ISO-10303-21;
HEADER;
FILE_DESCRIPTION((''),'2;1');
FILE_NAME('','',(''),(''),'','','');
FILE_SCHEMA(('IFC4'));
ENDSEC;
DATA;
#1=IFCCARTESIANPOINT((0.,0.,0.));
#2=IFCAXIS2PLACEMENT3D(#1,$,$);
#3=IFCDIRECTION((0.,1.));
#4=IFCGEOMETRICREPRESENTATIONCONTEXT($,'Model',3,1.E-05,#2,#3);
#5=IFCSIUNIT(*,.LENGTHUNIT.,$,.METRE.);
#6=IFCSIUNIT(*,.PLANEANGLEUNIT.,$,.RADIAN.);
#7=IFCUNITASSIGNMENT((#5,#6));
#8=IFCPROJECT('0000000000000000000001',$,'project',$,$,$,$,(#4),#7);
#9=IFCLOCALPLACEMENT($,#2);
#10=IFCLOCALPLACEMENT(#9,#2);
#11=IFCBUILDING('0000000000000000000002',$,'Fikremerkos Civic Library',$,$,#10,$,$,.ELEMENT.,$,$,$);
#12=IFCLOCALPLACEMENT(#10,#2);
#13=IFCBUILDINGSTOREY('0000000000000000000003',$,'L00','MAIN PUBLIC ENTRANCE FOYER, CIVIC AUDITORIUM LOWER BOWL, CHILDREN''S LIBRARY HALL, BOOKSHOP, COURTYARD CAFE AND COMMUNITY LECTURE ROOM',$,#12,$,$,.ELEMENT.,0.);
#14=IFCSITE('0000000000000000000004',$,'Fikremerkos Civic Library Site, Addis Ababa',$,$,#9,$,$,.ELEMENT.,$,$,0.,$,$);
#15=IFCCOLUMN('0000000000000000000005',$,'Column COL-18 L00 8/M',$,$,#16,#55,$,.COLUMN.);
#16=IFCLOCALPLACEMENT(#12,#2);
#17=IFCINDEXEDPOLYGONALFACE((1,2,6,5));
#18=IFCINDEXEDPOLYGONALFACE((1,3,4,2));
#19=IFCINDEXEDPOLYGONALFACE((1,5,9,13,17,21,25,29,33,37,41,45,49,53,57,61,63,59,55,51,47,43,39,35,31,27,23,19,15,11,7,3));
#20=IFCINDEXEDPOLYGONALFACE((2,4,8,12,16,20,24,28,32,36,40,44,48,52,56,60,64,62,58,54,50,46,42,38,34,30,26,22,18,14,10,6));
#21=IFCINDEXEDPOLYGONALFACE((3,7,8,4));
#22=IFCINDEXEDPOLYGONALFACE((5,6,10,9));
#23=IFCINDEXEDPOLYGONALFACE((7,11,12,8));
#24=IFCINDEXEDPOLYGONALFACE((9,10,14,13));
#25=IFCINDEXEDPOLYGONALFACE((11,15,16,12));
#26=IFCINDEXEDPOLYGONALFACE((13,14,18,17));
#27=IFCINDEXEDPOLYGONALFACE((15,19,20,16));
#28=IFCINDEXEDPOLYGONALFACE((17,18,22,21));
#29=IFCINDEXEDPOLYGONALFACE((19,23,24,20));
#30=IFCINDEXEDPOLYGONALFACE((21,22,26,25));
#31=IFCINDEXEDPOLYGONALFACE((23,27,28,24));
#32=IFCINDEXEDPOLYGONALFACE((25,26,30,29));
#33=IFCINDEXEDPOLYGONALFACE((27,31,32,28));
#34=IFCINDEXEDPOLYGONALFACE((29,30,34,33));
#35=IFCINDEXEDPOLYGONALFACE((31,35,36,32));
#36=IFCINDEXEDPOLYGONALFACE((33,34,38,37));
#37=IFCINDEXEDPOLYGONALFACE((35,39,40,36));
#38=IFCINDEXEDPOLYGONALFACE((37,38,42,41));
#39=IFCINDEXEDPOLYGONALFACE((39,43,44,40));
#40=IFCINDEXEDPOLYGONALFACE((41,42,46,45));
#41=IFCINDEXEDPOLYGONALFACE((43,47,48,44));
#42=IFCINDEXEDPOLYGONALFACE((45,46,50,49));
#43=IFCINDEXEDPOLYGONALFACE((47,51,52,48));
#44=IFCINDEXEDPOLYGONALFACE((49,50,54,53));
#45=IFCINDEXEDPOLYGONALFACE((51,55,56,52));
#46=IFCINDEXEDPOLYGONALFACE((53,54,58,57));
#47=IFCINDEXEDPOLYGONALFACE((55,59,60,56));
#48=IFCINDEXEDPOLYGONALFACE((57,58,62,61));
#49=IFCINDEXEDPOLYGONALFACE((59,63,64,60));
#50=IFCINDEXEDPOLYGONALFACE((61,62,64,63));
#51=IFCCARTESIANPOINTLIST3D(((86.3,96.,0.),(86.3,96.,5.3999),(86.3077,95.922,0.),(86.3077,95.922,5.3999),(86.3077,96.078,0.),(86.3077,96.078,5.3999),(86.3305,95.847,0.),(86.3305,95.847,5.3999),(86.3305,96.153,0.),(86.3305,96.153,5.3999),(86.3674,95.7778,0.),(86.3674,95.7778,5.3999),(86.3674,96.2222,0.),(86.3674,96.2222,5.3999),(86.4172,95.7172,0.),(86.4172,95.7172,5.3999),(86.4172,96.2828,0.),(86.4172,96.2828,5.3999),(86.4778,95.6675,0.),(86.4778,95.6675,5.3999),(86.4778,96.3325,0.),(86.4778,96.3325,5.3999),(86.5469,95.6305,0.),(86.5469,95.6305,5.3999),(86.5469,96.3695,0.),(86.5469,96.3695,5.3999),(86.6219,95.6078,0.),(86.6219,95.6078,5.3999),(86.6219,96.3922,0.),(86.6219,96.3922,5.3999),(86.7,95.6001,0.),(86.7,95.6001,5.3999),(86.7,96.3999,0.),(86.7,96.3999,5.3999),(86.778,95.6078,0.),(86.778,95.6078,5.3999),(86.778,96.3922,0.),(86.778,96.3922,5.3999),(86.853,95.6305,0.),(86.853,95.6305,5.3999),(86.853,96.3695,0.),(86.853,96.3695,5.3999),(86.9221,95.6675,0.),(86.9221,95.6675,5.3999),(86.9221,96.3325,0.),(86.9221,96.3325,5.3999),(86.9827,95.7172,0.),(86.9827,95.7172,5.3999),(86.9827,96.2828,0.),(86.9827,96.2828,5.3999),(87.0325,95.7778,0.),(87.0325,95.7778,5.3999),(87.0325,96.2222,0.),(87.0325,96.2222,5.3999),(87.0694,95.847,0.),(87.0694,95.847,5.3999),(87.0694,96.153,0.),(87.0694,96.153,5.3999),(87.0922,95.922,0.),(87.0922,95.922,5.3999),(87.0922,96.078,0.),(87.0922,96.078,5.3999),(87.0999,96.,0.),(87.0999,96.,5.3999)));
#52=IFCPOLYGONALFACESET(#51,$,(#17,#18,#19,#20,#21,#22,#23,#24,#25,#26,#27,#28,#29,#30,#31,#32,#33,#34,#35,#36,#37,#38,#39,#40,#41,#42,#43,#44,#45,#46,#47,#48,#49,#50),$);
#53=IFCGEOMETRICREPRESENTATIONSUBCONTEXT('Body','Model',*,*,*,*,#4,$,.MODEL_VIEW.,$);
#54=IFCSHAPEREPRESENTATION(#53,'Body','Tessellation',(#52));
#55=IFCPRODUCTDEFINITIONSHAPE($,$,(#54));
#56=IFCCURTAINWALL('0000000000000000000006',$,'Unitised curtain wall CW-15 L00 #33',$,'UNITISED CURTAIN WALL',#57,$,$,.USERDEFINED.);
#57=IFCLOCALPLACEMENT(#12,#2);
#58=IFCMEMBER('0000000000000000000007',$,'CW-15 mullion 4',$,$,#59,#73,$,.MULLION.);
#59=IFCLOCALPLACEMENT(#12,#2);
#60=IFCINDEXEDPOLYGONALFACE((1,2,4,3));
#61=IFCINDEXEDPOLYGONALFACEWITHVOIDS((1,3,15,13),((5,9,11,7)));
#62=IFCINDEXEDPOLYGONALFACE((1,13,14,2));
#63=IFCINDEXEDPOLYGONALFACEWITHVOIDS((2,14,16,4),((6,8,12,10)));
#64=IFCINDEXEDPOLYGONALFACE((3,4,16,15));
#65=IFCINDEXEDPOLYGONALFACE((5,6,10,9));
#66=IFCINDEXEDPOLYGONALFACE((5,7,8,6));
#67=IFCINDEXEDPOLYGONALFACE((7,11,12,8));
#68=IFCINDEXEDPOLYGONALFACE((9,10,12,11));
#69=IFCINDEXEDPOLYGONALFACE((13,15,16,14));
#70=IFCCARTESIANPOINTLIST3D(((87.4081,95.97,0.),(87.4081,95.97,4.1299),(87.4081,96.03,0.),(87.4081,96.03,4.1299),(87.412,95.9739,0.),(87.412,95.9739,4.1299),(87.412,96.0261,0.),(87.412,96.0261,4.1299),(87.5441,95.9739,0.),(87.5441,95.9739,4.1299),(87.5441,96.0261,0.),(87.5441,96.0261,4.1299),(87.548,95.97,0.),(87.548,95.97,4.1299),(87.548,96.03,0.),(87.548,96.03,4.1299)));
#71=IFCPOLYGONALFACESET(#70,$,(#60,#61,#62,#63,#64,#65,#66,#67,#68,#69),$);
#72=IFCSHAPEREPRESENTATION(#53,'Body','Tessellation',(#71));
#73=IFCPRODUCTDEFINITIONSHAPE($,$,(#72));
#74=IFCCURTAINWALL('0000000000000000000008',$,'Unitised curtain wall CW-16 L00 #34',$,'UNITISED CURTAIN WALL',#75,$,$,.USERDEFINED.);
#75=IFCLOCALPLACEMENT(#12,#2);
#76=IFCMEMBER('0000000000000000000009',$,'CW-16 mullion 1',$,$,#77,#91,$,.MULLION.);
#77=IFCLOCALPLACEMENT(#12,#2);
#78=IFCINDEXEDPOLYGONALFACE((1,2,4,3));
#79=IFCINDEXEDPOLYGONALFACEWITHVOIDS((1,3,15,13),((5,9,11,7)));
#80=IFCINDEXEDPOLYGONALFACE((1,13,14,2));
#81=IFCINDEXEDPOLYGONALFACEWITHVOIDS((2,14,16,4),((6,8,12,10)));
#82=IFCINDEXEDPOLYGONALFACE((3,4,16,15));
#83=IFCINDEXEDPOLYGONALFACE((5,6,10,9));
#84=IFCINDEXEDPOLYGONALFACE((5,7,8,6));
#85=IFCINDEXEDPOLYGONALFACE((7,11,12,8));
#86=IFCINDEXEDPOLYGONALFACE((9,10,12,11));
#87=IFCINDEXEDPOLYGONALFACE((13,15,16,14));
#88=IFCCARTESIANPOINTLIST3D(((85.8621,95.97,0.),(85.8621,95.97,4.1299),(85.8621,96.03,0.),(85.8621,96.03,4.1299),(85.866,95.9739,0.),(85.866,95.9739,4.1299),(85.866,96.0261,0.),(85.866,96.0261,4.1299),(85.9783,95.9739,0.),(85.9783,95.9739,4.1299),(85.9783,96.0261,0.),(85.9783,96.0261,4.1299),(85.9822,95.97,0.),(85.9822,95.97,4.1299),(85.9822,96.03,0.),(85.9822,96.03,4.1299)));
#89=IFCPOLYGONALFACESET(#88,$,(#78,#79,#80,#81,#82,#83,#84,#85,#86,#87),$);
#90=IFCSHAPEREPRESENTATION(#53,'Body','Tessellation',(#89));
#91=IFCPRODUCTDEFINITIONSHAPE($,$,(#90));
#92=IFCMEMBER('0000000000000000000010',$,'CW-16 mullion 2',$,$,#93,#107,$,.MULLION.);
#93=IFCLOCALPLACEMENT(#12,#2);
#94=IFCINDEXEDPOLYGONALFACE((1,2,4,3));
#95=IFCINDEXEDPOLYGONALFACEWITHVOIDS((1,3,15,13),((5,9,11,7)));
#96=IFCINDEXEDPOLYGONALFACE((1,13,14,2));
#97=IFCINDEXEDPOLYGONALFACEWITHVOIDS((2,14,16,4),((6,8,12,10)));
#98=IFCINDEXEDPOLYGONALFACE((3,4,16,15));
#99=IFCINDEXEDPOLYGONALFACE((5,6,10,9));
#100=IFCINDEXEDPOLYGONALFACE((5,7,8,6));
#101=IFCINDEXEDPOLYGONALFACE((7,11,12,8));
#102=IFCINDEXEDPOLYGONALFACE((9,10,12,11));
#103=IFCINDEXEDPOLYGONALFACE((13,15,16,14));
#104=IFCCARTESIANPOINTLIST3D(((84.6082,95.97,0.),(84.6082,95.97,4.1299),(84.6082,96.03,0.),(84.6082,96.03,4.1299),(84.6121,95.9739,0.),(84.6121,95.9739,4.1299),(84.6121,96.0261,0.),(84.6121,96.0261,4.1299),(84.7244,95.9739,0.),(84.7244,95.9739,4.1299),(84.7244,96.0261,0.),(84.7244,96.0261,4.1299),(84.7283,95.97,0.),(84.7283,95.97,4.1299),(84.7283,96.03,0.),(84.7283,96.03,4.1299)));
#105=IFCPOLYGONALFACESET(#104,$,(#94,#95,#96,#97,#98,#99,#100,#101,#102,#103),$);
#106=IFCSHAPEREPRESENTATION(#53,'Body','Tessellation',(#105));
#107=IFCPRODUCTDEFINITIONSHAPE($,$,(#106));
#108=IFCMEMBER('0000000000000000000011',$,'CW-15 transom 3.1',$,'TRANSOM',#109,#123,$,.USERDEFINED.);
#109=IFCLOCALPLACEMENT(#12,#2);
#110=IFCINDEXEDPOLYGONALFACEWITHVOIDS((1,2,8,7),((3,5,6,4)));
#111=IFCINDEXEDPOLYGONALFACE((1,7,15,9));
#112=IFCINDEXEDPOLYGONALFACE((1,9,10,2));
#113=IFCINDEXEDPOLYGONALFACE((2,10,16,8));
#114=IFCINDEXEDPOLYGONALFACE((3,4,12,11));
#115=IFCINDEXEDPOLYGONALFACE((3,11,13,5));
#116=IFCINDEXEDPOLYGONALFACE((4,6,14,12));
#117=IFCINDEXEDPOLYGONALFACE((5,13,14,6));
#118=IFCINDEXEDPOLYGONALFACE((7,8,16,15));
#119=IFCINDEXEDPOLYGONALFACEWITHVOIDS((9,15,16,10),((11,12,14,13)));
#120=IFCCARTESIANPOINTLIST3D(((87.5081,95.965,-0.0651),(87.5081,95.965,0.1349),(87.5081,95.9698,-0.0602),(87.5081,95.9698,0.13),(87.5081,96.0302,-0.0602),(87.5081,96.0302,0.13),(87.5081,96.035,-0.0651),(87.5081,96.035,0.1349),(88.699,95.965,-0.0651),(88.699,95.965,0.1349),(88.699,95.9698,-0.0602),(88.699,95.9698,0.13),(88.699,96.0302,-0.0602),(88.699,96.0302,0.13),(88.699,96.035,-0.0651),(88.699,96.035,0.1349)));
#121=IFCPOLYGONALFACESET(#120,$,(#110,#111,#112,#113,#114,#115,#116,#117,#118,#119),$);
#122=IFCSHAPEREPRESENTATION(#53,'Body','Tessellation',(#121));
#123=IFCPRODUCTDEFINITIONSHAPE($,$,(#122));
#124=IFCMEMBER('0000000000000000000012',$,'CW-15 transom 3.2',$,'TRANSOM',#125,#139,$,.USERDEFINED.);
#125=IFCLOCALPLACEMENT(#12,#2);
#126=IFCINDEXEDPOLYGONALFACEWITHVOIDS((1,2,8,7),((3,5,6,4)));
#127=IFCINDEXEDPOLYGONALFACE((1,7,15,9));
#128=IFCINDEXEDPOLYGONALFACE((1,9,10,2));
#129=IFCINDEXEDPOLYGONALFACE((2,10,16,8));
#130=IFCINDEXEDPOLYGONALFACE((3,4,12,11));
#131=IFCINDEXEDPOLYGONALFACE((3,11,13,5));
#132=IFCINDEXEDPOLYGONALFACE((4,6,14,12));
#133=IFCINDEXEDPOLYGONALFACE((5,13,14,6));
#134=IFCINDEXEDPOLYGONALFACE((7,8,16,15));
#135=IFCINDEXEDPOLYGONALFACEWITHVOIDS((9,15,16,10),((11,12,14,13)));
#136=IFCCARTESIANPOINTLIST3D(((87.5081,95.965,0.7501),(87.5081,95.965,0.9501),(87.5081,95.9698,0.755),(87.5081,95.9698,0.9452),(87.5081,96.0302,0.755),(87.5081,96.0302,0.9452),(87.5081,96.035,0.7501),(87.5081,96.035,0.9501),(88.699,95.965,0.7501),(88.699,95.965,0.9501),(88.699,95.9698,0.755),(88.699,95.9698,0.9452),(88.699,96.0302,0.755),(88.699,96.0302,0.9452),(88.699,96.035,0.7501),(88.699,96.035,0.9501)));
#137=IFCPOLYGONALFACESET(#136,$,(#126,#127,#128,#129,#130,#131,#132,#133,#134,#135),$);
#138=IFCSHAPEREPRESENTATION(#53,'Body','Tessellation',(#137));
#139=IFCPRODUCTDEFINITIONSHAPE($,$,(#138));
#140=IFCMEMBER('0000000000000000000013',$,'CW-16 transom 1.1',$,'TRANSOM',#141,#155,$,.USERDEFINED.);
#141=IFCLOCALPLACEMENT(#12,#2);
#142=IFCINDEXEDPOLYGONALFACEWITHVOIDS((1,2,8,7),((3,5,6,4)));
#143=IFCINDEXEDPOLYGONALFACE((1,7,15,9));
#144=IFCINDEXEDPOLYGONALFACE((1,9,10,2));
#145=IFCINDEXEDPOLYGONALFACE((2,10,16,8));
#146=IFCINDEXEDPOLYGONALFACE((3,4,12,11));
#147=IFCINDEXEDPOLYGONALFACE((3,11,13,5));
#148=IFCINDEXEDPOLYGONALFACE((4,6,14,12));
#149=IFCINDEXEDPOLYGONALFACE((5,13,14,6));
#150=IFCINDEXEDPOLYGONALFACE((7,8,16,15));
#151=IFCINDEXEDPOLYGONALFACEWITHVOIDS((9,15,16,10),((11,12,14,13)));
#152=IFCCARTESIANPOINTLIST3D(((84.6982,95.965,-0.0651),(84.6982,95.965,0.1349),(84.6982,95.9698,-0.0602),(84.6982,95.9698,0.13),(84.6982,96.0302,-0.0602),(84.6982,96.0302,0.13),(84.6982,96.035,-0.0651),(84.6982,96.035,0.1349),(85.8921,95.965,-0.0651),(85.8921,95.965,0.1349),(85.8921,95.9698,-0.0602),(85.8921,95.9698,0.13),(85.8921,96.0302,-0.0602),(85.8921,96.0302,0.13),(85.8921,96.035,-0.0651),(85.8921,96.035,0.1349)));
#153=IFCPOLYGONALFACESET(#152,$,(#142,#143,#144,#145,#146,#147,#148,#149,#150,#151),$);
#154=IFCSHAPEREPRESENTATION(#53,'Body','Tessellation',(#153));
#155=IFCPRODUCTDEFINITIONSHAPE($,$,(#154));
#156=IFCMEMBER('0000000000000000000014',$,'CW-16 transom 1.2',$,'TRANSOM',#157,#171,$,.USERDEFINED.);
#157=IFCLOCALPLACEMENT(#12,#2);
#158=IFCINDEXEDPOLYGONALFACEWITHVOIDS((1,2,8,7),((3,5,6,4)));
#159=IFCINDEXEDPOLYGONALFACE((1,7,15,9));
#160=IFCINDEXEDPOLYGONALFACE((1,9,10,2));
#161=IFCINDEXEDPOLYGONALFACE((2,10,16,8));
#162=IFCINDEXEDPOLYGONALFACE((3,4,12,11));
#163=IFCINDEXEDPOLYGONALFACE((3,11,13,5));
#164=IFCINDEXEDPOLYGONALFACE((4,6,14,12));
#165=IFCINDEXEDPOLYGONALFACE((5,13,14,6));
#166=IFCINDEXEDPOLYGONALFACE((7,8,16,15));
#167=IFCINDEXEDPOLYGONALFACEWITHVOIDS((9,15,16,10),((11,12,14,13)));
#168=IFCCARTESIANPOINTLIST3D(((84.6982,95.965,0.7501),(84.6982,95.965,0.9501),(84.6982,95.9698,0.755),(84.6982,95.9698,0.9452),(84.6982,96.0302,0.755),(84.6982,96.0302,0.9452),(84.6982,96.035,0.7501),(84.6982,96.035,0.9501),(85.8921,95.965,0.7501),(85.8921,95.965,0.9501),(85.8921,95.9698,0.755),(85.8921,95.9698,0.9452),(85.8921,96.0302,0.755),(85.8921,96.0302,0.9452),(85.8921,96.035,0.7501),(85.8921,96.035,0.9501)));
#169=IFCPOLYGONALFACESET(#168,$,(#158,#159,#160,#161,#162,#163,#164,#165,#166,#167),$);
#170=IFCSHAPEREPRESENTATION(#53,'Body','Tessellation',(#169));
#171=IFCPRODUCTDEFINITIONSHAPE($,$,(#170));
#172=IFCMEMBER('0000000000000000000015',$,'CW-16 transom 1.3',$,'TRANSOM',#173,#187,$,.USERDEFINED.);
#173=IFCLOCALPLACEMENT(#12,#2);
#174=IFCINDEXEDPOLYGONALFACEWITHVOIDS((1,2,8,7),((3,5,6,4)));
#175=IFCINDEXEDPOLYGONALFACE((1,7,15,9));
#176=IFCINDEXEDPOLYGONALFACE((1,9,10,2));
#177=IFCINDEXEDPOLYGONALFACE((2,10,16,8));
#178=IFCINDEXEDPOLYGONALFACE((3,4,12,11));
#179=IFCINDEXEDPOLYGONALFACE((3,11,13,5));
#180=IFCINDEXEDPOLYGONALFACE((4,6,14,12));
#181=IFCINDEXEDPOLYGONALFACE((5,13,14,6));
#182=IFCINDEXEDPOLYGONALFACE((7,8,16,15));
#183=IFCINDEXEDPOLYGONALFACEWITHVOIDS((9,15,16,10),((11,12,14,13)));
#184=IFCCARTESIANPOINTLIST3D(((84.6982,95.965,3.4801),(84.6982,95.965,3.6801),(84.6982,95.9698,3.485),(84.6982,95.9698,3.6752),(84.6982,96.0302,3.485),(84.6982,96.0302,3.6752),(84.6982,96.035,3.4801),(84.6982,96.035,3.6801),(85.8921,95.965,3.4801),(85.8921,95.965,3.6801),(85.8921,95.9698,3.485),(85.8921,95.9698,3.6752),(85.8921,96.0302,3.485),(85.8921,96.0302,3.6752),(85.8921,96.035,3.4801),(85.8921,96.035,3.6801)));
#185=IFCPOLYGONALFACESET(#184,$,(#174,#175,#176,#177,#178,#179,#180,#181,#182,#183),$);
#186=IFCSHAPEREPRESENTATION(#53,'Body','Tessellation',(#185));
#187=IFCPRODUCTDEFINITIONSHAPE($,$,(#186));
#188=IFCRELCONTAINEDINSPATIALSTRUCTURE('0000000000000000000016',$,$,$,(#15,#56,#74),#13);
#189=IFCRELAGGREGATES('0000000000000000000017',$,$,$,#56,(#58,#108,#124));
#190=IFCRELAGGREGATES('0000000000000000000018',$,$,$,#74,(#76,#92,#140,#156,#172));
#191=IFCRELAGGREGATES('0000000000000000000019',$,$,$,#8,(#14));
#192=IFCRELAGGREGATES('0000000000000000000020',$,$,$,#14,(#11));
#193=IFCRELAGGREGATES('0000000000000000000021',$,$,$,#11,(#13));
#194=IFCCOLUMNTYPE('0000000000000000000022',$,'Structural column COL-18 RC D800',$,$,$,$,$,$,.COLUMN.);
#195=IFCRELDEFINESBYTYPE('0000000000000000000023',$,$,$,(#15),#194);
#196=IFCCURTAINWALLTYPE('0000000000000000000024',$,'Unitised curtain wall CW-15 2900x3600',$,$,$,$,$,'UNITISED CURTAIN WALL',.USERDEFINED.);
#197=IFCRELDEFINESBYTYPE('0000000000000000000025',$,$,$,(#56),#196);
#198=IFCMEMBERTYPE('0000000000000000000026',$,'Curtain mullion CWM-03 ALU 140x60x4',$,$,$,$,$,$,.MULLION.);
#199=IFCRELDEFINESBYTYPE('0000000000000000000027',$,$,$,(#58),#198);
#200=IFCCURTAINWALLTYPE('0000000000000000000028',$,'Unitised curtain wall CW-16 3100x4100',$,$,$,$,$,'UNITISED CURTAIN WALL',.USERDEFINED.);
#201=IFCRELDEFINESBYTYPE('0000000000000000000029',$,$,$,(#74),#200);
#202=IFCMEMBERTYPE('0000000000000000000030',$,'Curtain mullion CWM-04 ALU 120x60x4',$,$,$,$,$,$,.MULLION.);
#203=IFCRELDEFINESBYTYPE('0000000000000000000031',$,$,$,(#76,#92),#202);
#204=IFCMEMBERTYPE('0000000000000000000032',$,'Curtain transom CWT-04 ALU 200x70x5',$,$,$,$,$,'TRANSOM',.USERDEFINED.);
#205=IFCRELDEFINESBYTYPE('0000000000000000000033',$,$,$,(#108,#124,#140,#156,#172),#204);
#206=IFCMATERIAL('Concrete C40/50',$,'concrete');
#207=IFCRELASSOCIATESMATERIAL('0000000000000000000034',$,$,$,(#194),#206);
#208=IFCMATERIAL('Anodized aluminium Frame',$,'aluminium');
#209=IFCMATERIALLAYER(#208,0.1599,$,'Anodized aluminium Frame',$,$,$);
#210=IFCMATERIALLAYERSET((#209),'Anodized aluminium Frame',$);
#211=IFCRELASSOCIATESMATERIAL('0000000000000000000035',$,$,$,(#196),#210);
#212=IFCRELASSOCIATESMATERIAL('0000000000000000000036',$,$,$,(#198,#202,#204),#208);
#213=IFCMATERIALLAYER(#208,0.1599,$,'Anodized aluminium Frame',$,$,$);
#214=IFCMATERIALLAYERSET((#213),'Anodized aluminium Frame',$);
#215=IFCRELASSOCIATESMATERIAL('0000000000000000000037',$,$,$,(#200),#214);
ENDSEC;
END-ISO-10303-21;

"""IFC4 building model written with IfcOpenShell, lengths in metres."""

from ifc_helpers import new_model, si_unit, direction, frame, origin, origin_2d, place, context, subcontext, project, spatial, hollow_rectangle, circle, extrude, material, layer, layer_set, material_profile, profile_set, type_object, element, aggregate, save


model = new_model("IFC4")

# Units and contexts
model_context = context("Model", 3, precision=1e-05, world=origin(), true_north=direction((0.0, 1.0)))
body_context = subcontext(model_context, "Body", "Model", "MODEL_VIEW")
ifc_project = project(units=[si_unit("LENGTHUNIT", "METRE"), si_unit("PLANEANGLEUNIT", "RADIAN")], contexts=[model_context])

# Site, building, storey
site_placement = place(None, origin())
site = spatial("IfcSite", under=ifc_project, at=site_placement, Name="Fikremerkos Civic Library Site, Addis Ababa", CompositionType="ELEMENT", RefElevation=0.0)
building_placement = place(site_placement, origin())
building = spatial("IfcBuilding", under=site, at=building_placement, Name="Fikremerkos Civic Library", CompositionType="ELEMENT")
storey_placement = place(building_placement, origin())
storey = spatial("IfcBuildingStorey", under=building, at=storey_placement, Name="L00", Description="MAIN PUBLIC ENTRANCE FOYER, CIVIC AUDITORIUM LOWER BOWL, CHILDREN'S LIBRARY HALL, BOOKSHOP, COURTYARD CAFE AND COMMUNITY LECTURE ROOM", CompositionType="ELEMENT", Elevation=0.0)

# Column
ifc_material_1 = material(Name="Concrete C40/50", Category="concrete")
ifc_material_profile_1 = material_profile(ifc_material_1, circle(Radius=0.3999, at=origin_2d()), Name="RC D800")
ifc_profile_set_1 = profile_set([ifc_material_profile_1], Name="Concrete C40/50")
column_type = type_object("IfcColumnType", Name="Structural column COL-18 RC D800", PredefinedType="COLUMN", material=ifc_profile_set_1)
column_placement = place(storey_placement, frame((86.7, 96.0, 0.0), z_axis=(0.0, 0.0, 1.0), x_axis=(1.0, 0.0, 0.0)))
element("IfcColumn", 1, at=column_placement, inside=storey, type_object=column_type, Name="Column COL-18 L00 8/M", PredefinedType="COLUMN", context=body_context, shape_type="SweptSolid", body=[
    extrude(circle(Radius=0.3999, at=origin_2d()), origin(), (0.0, 0.0, 1.0), 5.3999),
])

# Curtain wall, member
ifc_material_2 = material(Name="Anodized aluminium Frame", Category="aluminium")
ifc_layer_1 = layer(ifc_material_2, 0.1599, Name="Anodized aluminium Frame")
ifc_layer_set_1 = layer_set([ifc_layer_1], Name="Anodized aluminium Frame")
curtain_wall_type_1 = type_object("IfcCurtainWallType", Name="Unitised curtain wall CW-15 2900x3600", ElementType="UNITISED CURTAIN WALL", PredefinedType="USERDEFINED", material=ifc_layer_set_1)
curtain_wall_1_placement = place(storey_placement, origin())
curtain_wall_1 = element("IfcCurtainWall", 2, at=curtain_wall_1_placement, inside=storey, type_object=curtain_wall_type_1, Name="Unitised curtain wall CW-15 L00 #33", ObjectType="UNITISED CURTAIN WALL", PredefinedType="USERDEFINED")
ifc_material_profile_2 = material_profile(ifc_material_2, hollow_rectangle(XDim=0.0601, YDim=0.1399, WallThickness=0.0039, at=origin_2d()), Name="ALU 140x60x4")
ifc_profile_set_2 = profile_set([ifc_material_profile_2], Name="Anodized aluminium Frame")
member_type_1 = type_object("IfcMemberType", Name="Curtain mullion CWM-03 ALU 140x60x4", PredefinedType="MULLION", material=ifc_profile_set_2)
member_1_placement = place(storey_placement, frame((87.478, 96.0, 0.0), z_axis=(0.0, 0.0, 1.0), x_axis=(0.0, -1.0, 0.0)))
member_1 = element("IfcMember", 3, at=member_1_placement, type_object=member_type_1, Name="CW-15 mullion 4", PredefinedType="MULLION", context=body_context, shape_type="SweptSolid", body=[
    extrude(hollow_rectangle(XDim=0.0601, YDim=0.1399, WallThickness=0.0039, at=origin_2d()), origin(), (0.0, 0.0, 1.0), 4.1299),
])

# Curtain wall, members
ifc_layer_2 = layer(ifc_material_2, 0.1599, Name="Anodized aluminium Frame")
ifc_layer_set_2 = layer_set([ifc_layer_2], Name="Anodized aluminium Frame")
curtain_wall_type_2 = type_object("IfcCurtainWallType", Name="Unitised curtain wall CW-16 3100x4100", ElementType="UNITISED CURTAIN WALL", PredefinedType="USERDEFINED", material=ifc_layer_set_2)
curtain_wall_2_placement = place(storey_placement, origin())
curtain_wall_2 = element("IfcCurtainWall", 4, at=curtain_wall_2_placement, inside=storey, type_object=curtain_wall_type_2, Name="Unitised curtain wall CW-16 L00 #34", ObjectType="UNITISED CURTAIN WALL", PredefinedType="USERDEFINED")
ifc_material_profile_3 = material_profile(ifc_material_2, hollow_rectangle(XDim=0.0601, YDim=0.1201, WallThickness=0.0039, at=origin_2d()), Name="ALU 120x60x4")
ifc_profile_set_3 = profile_set([ifc_material_profile_3], Name="Anodized aluminium Frame")
member_type_2 = type_object("IfcMemberType", Name="Curtain mullion CWM-04 ALU 120x60x4", PredefinedType="MULLION", material=ifc_profile_set_3)
member_2_placement = place(storey_placement, frame((85.9221, 96.0, 0.0), z_axis=(0.0, 0.0, 1.0), x_axis=(0.0, -1.0, 0.0)))
member_2 = element("IfcMember", 5, at=member_2_placement, type_object=member_type_2, Name="CW-16 mullion 1", PredefinedType="MULLION", context=body_context, shape_type="SweptSolid", body=[
    extrude(hollow_rectangle(XDim=0.0601, YDim=0.1201, WallThickness=0.0039, at=origin_2d()), origin(), (0.0, 0.0, 1.0), 4.1299),
])
member_3_placement = place(storey_placement, frame((84.6682, 96.0, 0.0), z_axis=(0.0, 0.0, 1.0), x_axis=(0.0, -1.0, 0.0)))
member_3 = element("IfcMember", 6, at=member_3_placement, type_object=member_type_2, Name="CW-16 mullion 2", PredefinedType="MULLION", context=body_context, shape_type="SweptSolid", body=[
    extrude(hollow_rectangle(XDim=0.0601, YDim=0.1201, WallThickness=0.0039, at=origin_2d()), origin(), (0.0, 0.0, 1.0), 4.1299),
])

# Members
ifc_material_profile_4 = material_profile(ifc_material_2, hollow_rectangle(XDim=0.0701, YDim=0.2, WallThickness=0.0049, at=origin_2d()), Name="ALU 200x70x5")
ifc_profile_set_4 = profile_set([ifc_material_profile_4], Name="Anodized aluminium Frame")
member_type_3 = type_object("IfcMemberType", Name="Curtain transom CWT-04 ALU 200x70x5", ElementType="TRANSOM", PredefinedType="USERDEFINED", material=ifc_profile_set_4)
member_4_placement = place(storey_placement, frame((88.699, 96.0, 0.0349), z_axis=(-1.0, 0.0, 0.0), x_axis=(0.0, -1.0, 0.0)))
member_4 = element("IfcMember", 7, at=member_4_placement, type_object=member_type_3, Name="CW-15 transom 3.1", ObjectType="TRANSOM", PredefinedType="USERDEFINED", context=body_context, shape_type="SweptSolid", body=[
    extrude(hollow_rectangle(XDim=0.0701, YDim=0.2, WallThickness=0.0049, at=origin_2d()), origin(), (0.0, 0.0, 1.0), 1.1909),
])
member_5_placement = place(storey_placement, frame((88.699, 96.0, 0.8501), z_axis=(-1.0, 0.0, 0.0), x_axis=(0.0, -1.0, 0.0)))
member_5 = element("IfcMember", 8, at=member_5_placement, type_object=member_type_3, Name="CW-15 transom 3.2", ObjectType="TRANSOM", PredefinedType="USERDEFINED", context=body_context, shape_type="SweptSolid", body=[
    extrude(hollow_rectangle(XDim=0.0701, YDim=0.2, WallThickness=0.0049, at=origin_2d()), origin(), (0.0, 0.0, 1.0), 1.1909),
])
member_6_placement = place(storey_placement, frame((85.8921, 96.0, 0.0349), z_axis=(-1.0, 0.0, 0.0), x_axis=(0.0, -1.0, 0.0)))
member_6 = element("IfcMember", 9, at=member_6_placement, type_object=member_type_3, Name="CW-16 transom 1.1", ObjectType="TRANSOM", PredefinedType="USERDEFINED", context=body_context, shape_type="SweptSolid", body=[
    extrude(hollow_rectangle(XDim=0.0701, YDim=0.2, WallThickness=0.0049, at=origin_2d()), origin(), (0.0, 0.0, 1.0), 1.1938),
])
member_7_placement = place(storey_placement, frame((85.8921, 96.0, 0.8501), z_axis=(-1.0, 0.0, 0.0), x_axis=(0.0, -1.0, 0.0)))
member_7 = element("IfcMember", 10, at=member_7_placement, type_object=member_type_3, Name="CW-16 transom 1.2", ObjectType="TRANSOM", PredefinedType="USERDEFINED", context=body_context, shape_type="SweptSolid", body=[
    extrude(hollow_rectangle(XDim=0.0701, YDim=0.2, WallThickness=0.0049, at=origin_2d()), origin(), (0.0, 0.0, 1.0), 1.1938),
])
member_8_placement = place(storey_placement, frame((85.8921, 96.0, 3.5801), z_axis=(-1.0, 0.0, 0.0), x_axis=(0.0, -1.0, 0.0)))
member_8 = element("IfcMember", 11, at=member_8_placement, type_object=member_type_3, Name="CW-16 transom 1.3", ObjectType="TRANSOM", PredefinedType="USERDEFINED", context=body_context, shape_type="SweptSolid", body=[
    extrude(hollow_rectangle(XDim=0.0701, YDim=0.2, WallThickness=0.0049, at=origin_2d()), origin(), (0.0, 0.0, 1.0), 1.1938),
])

aggregate(curtain_wall_1, [member_1, member_4, member_5])
aggregate(curtain_wall_2, [member_2, member_3, member_6, member_7, member_8])

save(model, "model.ifc")
